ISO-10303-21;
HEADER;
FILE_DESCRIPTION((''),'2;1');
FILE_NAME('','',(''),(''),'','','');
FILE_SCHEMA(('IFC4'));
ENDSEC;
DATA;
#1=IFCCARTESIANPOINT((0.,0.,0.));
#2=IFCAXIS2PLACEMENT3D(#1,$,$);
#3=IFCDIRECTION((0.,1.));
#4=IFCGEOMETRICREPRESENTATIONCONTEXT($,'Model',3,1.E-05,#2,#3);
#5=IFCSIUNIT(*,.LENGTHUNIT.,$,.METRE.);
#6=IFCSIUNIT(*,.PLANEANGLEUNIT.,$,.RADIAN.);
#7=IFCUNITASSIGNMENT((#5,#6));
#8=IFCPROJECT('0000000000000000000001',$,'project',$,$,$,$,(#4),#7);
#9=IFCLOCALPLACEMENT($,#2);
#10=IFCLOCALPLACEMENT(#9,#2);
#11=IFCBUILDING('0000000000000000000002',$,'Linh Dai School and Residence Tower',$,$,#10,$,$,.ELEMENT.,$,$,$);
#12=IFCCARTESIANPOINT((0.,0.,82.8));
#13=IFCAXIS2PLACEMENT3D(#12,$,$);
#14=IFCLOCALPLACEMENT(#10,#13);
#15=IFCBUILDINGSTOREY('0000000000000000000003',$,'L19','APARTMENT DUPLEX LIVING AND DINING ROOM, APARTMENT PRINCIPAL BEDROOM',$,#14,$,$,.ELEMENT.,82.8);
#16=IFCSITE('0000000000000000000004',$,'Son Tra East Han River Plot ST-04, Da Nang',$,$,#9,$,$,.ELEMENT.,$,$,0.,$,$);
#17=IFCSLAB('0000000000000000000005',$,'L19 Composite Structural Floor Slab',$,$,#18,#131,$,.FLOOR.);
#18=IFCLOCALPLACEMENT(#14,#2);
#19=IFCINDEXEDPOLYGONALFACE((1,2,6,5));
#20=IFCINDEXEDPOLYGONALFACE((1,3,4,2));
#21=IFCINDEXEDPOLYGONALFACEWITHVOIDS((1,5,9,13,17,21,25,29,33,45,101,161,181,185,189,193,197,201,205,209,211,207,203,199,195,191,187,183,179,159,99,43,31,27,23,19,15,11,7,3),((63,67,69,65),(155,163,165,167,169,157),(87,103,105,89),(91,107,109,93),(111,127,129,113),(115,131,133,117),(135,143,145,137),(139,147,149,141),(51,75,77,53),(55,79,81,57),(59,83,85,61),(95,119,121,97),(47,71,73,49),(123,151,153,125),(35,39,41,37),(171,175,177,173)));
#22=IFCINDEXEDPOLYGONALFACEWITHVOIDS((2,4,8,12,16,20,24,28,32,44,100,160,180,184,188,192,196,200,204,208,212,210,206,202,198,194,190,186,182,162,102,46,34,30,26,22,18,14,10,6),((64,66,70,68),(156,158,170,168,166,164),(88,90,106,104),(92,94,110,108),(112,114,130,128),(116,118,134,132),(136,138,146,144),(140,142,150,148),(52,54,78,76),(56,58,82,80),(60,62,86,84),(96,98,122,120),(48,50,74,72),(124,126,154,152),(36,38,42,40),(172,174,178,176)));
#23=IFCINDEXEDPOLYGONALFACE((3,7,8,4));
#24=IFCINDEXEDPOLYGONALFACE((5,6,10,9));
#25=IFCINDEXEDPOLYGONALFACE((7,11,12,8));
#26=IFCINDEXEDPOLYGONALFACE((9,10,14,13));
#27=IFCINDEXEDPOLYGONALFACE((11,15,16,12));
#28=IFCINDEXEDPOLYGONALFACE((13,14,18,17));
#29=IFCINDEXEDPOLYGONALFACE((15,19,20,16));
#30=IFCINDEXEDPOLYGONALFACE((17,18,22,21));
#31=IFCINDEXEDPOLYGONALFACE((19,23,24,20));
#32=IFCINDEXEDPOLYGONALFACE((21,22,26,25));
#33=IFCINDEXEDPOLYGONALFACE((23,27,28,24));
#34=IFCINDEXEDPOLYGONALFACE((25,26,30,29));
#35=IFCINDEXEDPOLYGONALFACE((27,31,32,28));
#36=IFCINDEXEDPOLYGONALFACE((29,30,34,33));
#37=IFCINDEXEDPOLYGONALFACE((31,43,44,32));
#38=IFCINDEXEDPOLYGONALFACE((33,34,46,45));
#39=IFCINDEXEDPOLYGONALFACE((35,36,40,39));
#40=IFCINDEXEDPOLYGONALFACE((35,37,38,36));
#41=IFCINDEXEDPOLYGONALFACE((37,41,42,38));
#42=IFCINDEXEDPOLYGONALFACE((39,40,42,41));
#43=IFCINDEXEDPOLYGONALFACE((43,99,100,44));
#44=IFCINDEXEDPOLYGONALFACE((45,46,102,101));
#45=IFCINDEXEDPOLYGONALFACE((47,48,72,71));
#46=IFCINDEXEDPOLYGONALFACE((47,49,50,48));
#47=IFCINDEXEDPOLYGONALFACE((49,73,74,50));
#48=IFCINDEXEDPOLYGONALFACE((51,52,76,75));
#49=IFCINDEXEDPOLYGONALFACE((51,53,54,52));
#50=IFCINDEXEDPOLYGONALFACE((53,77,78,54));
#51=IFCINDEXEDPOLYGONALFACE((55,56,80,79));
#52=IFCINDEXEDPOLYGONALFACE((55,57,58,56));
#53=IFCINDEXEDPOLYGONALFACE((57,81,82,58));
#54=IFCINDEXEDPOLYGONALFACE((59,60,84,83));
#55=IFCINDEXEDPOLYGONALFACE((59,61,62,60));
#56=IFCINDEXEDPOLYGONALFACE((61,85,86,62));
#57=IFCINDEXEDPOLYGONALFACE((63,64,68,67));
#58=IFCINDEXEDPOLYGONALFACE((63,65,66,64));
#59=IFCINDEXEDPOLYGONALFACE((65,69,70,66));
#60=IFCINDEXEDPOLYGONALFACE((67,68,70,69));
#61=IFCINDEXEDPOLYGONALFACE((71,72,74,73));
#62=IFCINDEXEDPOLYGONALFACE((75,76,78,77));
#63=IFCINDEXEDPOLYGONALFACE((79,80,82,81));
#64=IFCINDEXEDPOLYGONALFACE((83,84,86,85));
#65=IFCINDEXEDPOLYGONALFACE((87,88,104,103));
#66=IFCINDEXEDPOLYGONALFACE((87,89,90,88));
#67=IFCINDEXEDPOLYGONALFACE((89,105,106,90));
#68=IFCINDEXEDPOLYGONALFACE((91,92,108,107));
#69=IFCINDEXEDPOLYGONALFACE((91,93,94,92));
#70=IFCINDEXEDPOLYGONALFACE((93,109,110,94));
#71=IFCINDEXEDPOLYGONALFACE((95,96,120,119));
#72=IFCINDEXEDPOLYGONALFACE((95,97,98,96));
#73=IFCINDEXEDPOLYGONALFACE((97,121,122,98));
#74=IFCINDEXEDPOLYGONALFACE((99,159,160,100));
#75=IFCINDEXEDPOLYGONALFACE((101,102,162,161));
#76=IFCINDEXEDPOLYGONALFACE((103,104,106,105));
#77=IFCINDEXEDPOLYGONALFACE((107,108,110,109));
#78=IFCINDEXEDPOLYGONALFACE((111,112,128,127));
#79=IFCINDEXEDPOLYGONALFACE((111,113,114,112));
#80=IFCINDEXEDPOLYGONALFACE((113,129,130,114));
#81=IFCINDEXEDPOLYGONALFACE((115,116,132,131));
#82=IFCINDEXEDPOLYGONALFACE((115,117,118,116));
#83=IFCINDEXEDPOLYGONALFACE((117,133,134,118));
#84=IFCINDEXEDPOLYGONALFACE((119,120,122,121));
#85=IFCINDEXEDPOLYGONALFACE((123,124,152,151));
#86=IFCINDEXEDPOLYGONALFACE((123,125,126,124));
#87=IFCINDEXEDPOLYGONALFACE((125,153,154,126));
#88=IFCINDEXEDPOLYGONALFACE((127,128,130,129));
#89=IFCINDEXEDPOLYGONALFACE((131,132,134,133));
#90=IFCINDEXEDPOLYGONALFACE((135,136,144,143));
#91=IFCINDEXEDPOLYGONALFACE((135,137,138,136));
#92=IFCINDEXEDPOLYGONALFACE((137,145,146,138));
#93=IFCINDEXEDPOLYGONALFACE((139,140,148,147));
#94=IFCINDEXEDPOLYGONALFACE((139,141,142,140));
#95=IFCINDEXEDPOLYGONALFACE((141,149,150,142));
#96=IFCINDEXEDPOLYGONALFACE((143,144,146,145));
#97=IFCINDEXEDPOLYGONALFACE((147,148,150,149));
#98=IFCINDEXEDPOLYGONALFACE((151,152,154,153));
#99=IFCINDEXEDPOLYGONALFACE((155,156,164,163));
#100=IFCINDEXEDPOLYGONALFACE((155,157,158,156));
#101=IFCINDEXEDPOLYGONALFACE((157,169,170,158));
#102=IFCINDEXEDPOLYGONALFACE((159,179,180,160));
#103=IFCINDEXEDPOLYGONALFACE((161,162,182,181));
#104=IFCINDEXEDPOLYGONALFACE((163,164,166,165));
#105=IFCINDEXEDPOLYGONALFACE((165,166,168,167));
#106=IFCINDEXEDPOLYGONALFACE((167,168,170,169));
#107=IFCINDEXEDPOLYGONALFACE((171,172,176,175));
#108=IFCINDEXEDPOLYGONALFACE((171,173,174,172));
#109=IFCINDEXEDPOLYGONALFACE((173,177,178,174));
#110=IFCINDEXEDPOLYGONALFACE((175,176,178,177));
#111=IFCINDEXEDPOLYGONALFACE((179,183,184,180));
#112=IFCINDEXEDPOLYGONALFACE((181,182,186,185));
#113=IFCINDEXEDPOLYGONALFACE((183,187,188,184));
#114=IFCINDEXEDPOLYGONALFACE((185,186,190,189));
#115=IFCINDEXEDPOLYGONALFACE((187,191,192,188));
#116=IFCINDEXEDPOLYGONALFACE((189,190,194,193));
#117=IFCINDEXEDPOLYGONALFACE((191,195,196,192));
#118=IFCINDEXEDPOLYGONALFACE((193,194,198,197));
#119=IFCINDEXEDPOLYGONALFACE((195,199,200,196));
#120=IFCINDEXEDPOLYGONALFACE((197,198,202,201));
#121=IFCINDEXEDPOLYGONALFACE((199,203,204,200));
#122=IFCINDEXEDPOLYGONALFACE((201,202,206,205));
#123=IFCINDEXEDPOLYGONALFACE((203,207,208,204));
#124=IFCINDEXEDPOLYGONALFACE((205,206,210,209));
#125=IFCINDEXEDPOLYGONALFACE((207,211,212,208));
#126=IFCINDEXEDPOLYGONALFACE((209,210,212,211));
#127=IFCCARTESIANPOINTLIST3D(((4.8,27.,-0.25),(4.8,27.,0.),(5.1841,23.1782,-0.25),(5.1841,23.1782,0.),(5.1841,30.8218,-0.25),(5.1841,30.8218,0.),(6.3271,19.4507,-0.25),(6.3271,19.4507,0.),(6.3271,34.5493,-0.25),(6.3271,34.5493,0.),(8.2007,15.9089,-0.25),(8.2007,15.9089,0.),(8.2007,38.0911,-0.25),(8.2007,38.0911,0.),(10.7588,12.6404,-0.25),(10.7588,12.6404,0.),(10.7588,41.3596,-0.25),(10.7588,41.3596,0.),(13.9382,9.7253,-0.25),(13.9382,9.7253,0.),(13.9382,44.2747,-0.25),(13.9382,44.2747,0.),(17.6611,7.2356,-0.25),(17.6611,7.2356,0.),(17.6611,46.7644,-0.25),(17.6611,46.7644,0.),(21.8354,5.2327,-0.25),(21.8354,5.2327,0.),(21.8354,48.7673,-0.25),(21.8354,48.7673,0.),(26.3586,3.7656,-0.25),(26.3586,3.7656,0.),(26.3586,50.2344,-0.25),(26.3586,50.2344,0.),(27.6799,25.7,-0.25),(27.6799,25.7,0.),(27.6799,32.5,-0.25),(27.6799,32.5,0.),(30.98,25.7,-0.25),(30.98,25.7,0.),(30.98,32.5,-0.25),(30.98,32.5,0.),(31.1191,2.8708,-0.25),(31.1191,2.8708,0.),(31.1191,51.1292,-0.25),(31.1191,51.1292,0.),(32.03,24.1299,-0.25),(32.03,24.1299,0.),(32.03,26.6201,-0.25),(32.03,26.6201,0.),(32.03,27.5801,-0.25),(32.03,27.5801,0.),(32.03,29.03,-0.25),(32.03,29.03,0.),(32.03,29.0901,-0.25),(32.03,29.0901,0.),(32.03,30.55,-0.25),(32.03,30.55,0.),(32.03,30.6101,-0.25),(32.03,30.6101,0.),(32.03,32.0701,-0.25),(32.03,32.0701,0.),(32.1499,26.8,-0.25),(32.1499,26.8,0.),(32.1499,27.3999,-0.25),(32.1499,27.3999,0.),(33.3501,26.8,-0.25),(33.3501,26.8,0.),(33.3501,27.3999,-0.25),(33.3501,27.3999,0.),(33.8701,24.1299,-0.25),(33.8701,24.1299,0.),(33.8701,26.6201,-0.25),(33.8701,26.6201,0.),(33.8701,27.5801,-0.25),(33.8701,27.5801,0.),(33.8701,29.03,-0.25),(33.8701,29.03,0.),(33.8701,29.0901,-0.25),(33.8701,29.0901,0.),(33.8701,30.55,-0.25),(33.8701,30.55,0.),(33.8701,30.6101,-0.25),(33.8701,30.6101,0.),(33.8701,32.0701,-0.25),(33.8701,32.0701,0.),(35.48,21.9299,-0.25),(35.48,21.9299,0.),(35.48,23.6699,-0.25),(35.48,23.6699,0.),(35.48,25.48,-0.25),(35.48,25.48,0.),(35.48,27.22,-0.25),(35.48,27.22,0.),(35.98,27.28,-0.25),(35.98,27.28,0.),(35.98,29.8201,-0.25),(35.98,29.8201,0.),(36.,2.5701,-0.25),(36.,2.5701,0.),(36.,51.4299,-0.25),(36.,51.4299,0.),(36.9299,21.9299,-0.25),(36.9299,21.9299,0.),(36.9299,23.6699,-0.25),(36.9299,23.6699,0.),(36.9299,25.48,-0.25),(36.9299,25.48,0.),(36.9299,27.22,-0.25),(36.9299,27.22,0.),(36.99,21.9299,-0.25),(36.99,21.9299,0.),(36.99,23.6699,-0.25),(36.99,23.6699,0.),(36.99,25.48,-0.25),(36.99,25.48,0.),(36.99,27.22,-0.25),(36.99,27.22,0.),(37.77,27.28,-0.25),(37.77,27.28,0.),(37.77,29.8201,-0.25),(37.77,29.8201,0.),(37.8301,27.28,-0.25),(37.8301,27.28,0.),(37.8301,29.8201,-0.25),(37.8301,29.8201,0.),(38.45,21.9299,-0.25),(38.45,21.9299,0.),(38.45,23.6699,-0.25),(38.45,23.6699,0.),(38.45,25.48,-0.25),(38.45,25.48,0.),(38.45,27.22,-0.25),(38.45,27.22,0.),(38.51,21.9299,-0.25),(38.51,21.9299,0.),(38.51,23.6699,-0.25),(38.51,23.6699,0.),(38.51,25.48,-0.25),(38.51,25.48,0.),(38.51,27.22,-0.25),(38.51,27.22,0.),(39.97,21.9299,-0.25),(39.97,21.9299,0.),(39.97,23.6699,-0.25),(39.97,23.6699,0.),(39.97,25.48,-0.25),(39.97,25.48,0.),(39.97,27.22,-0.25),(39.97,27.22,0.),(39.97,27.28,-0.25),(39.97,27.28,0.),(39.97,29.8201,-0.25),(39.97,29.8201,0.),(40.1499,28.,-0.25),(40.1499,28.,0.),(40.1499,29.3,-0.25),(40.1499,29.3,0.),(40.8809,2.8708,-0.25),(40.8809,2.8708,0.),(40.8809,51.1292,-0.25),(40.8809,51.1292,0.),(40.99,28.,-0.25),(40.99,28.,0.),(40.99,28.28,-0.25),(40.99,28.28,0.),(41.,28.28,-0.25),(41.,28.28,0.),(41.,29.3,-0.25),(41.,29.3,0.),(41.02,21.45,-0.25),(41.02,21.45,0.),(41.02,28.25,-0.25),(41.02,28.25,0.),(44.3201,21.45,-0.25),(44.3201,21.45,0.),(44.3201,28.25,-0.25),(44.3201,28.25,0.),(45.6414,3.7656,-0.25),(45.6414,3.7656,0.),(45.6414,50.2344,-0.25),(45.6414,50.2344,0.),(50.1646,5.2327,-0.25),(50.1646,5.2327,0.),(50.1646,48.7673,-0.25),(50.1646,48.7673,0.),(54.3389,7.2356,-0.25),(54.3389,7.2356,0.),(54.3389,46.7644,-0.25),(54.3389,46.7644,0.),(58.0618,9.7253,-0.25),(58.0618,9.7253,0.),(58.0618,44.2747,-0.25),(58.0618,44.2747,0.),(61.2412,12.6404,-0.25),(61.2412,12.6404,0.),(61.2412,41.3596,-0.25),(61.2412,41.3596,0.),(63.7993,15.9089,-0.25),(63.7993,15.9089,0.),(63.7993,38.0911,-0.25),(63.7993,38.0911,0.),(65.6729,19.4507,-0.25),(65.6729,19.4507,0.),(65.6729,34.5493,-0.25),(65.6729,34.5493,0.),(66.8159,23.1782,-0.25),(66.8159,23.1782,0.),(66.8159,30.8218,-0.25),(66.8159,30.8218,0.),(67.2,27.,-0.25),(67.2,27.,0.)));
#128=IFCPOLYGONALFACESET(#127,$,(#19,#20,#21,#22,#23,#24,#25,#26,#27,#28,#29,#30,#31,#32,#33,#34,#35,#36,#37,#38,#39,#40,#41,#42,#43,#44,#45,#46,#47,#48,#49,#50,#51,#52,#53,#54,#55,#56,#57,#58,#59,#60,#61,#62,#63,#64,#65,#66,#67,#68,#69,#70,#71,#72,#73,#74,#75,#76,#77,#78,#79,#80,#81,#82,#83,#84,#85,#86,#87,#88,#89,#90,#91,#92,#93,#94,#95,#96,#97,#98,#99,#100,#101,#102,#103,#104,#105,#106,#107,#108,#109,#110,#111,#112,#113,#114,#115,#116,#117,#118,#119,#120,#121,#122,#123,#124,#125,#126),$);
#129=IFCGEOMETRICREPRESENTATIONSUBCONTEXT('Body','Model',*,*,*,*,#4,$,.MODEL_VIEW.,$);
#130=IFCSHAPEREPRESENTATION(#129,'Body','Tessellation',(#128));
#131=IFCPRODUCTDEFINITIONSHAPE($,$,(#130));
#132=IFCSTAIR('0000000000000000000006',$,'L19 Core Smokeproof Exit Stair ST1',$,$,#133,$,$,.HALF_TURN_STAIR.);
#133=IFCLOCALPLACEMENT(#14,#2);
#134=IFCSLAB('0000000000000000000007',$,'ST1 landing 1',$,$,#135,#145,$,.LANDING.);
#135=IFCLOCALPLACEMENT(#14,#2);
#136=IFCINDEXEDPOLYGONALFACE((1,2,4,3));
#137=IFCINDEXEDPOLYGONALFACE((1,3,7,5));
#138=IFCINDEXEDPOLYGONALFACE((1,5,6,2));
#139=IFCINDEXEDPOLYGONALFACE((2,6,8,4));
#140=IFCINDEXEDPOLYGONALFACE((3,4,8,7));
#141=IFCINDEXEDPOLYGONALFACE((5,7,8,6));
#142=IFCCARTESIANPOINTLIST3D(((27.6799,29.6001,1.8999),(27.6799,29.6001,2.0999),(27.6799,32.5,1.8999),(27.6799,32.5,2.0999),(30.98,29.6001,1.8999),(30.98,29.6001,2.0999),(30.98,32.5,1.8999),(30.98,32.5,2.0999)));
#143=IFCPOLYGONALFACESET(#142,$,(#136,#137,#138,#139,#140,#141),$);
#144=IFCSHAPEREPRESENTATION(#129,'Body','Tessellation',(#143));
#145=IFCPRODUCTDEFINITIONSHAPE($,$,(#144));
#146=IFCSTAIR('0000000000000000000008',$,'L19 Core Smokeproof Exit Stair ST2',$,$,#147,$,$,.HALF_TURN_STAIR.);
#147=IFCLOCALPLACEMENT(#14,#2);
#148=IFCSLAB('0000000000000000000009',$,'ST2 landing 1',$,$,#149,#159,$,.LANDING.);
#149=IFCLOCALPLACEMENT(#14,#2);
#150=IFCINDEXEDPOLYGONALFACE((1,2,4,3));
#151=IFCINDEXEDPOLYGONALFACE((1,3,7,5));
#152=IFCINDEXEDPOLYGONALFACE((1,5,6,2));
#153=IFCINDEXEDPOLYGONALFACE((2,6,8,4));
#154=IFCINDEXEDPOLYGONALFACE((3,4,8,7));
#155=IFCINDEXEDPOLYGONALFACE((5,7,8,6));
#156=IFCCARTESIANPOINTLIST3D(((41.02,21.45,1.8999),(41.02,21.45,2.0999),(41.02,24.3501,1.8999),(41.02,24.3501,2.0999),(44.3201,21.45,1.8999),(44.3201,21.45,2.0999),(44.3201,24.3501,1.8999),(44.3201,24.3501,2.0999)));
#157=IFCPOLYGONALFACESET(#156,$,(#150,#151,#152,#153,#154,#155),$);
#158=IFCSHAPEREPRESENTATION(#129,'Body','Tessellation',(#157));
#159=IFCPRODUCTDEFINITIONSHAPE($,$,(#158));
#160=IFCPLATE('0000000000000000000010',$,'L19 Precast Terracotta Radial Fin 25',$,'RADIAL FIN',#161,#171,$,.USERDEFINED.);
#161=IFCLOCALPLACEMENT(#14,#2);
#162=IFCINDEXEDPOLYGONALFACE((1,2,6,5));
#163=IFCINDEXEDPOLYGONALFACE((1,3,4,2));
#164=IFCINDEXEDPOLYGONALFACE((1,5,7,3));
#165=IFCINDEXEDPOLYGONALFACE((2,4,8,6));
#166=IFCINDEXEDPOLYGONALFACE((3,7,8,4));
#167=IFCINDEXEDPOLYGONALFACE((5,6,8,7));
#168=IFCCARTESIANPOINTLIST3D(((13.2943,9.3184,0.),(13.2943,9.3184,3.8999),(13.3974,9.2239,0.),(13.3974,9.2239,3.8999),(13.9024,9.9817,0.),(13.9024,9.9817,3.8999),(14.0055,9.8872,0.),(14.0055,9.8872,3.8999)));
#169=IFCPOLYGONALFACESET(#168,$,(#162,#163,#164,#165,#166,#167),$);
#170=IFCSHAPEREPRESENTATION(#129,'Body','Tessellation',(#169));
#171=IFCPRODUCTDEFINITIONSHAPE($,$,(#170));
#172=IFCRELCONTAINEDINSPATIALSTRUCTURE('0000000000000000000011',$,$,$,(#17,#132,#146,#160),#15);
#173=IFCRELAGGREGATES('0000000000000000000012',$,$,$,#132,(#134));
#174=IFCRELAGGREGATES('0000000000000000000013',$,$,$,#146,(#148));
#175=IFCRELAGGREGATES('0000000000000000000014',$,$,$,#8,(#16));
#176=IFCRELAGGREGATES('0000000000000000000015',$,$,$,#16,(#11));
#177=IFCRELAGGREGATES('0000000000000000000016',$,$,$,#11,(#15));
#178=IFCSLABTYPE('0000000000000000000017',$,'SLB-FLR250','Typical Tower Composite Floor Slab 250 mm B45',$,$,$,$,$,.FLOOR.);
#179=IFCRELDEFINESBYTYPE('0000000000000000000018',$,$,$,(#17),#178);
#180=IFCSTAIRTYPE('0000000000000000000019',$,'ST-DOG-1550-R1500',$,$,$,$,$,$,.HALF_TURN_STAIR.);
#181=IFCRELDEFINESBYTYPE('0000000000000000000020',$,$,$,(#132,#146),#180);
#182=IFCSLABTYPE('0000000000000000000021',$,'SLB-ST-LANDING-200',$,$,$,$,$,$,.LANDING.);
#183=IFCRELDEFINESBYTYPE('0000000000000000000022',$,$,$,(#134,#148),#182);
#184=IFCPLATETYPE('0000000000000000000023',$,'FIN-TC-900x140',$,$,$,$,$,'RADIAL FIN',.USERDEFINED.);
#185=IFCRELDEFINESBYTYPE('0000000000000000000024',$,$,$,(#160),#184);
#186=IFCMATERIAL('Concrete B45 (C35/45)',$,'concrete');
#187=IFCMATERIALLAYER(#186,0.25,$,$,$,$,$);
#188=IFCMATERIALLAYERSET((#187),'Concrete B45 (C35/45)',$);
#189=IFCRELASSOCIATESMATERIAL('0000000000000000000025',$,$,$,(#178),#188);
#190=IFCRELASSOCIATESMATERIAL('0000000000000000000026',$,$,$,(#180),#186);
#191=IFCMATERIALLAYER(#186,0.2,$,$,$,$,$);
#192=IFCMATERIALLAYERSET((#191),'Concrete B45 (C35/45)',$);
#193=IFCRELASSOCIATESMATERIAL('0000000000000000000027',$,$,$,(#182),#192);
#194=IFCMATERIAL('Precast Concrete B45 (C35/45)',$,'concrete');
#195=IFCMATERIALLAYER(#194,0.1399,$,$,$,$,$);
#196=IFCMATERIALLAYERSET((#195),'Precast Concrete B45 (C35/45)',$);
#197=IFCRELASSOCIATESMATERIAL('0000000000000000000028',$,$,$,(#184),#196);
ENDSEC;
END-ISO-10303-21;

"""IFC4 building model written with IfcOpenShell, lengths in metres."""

from ifc_helpers import new_model, si_unit, direction, frame, origin, origin_2d, place, context, subcontext, project, spatial, polyline, rectangle, outline, extrude, source, transform, mapped, material, layer, layer_set, type_object, element, aggregate, save


model = new_model("IFC4")

# Units and contexts
model_context = context("Model", 3, precision=1e-05, world=origin(), true_north=direction((0.0, 1.0)))
body_context = subcontext(model_context, "Body", "Model", "MODEL_VIEW")
ifc_project = project(units=[si_unit("LENGTHUNIT", "METRE"), si_unit("PLANEANGLEUNIT", "RADIAN")], contexts=[model_context])

# Site, building, storey
site_placement = place(None, origin())
site = spatial("IfcSite", under=ifc_project, at=site_placement, Name="Son Tra East Han River Plot ST-04, Da Nang", CompositionType="ELEMENT", RefElevation=0.0)
building_placement = place(site_placement, origin())
building = spatial("IfcBuilding", under=site, at=building_placement, Name="Linh Dai School and Residence Tower", CompositionType="ELEMENT")
storey_placement = place(building_placement, frame((0.0, 0.0, 82.8)))
storey = spatial("IfcBuildingStorey", under=building, at=storey_placement, Name="L19", Description="APARTMENT DUPLEX LIVING AND DINING ROOM, APARTMENT PRINCIPAL BEDROOM", CompositionType="ELEMENT", Elevation=82.8)

# Slab
ifc_material_1 = material(Name="Concrete B45 (C35/45)", Category="concrete")
ifc_layer_1 = layer(ifc_material_1, 0.25)
ifc_layer_set_1 = layer_set([ifc_layer_1], Name="Concrete B45 (C35/45)")
slab_type_1 = type_object("IfcSlabType", Name="SLB-FLR250", Description="Typical Tower Composite Floor Slab 250 mm B45", PredefinedType="FLOOR", material=ifc_layer_set_1)
slab_1_placement = place(storey_placement, frame((0.0, 0.0, -0.25)))
element("IfcSlab", 1, at=slab_1_placement, inside=storey, type_object=slab_type_1, Name="L19 Composite Structural Floor Slab", PredefinedType="FLOOR", context=body_context, shape_type="SweptSolid", body=[
    extrude(outline(polyline([(67.2, 27.0), (66.8159, 30.8218), (65.6729, 34.5493), (63.7993, 38.0911), (61.2412, 41.3596), (58.0618, 44.2747), (54.3389, 46.7644), (50.1646, 48.7673), (45.6414, 50.2344), (40.8809, 51.1292), (36.0, 51.4299), (31.1191, 51.1292), (26.3586, 50.2344), (21.8354, 48.7673), (17.6611, 46.7644), (13.9382, 44.2747), (10.7588, 41.3596), (8.2007, 38.0911), (6.3271, 34.5493), (5.1841, 30.8218), (4.8, 27.0), (5.1841, 23.1782), (6.3271, 19.4507), (8.2007, 15.9089), (10.7588, 12.6404), (13.9382, 9.7253), (17.6611, 7.2356), (21.8354, 5.2327), (26.3586, 3.7656), (31.1191, 2.8708), (36.0, 2.5701), (40.8809, 2.8708), (45.6414, 3.7656), (50.1646, 5.2327), (54.3389, 7.2356), (58.0618, 9.7253), (61.2412, 12.6404), (63.7993, 15.9089), (65.6729, 19.4507), (66.8159, 23.1782), (67.2, 27.0)]), holes=[polyline([(30.98, 25.7), (30.98, 32.5), (27.6799, 32.5), (27.6799, 25.7), (30.98, 25.7)]), polyline([(41.02, 28.25), (41.02, 21.45), (44.3201, 21.45), (44.3201, 28.25), (41.02, 28.25)]), polyline([(35.98, 27.28), (37.77, 27.28), (37.77, 29.8201), (35.98, 29.8201), (35.98, 27.28)]), polyline([(32.03, 24.1299), (33.8701, 24.1299), (33.8701, 26.6201), (32.03, 26.6201), (32.03, 24.1299)]), polyline([(37.8301, 27.28), (39.97, 27.28), (39.97, 29.8201), (37.8301, 29.8201), (37.8301, 27.28)]), polyline([(35.48, 21.9299), (36.9299, 21.9299), (36.9299, 23.6699), (35.48, 23.6699), (35.48, 21.9299)]), polyline([(36.99, 21.9299), (38.45, 21.9299), (38.45, 23.6699), (36.99, 23.6699), (36.99, 21.9299)]), polyline([(38.51, 21.9299), (39.97, 21.9299), (39.97, 23.6699), (38.51, 23.6699), (38.51, 21.9299)]), polyline([(32.03, 27.5801), (33.8701, 27.5801), (33.8701, 29.03), (32.03, 29.03), (32.03, 27.5801)]), polyline([(32.03, 29.0901), (33.8701, 29.0901), (33.8701, 30.55), (32.03, 30.55), (32.03, 29.0901)]), polyline([(32.03, 30.6101), (33.8701, 30.6101), (33.8701, 32.0701), (32.03, 32.0701), (32.03, 30.6101)]), polyline([(35.48, 25.48), (36.9299, 25.48), (36.9299, 27.22), (35.48, 27.22), (35.48, 25.48)]), polyline([(36.99, 25.48), (38.45, 25.48), (38.45, 27.22), (36.99, 27.22), (36.99, 25.48)]), polyline([(38.51, 25.48), (39.97, 25.48), (39.97, 27.22), (38.51, 27.22), (38.51, 25.48)]), polyline([(40.1499, 28.0), (40.1499, 29.3), (41.0, 29.3), (41.0, 28.28), (40.99, 28.28), (40.99, 28.0), (40.1499, 28.0)]), polyline([(32.1499, 26.8), (33.3501, 26.8), (33.3501, 27.3999), (32.1499, 27.3999), (32.1499, 26.8)])]), origin(), (0.0, 0.0, 1.0), 0.25),
])

# Stairs, slabs
stair_type = type_object("IfcStairType", Name="ST-DOG-1550-R1500", PredefinedType="HALF_TURN_STAIR", material=ifc_material_1)
stair_1_placement = place(storey_placement, origin())
stair_1 = element("IfcStair", 2, at=stair_1_placement, inside=storey, type_object=stair_type, Name="L19 Core Smokeproof Exit Stair ST1", PredefinedType="HALF_TURN_STAIR")
ifc_layer_2 = layer(ifc_material_1, 0.2)
ifc_layer_set_2 = layer_set([ifc_layer_2], Name="Concrete B45 (C35/45)")
slab_type_2 = type_object("IfcSlabType", Name="SLB-ST-LANDING-200", PredefinedType="LANDING", material=ifc_layer_set_2)
slab_2_placement = place(storey_placement, frame((0.0, 0.0, 1.8999)))
slab_2 = element("IfcSlab", 3, at=slab_2_placement, type_object=slab_type_2, Name="ST1 landing 1", PredefinedType="LANDING", context=body_context, shape_type="SweptSolid", body=[
    extrude(outline(polyline([(30.98, 29.6001), (30.98, 32.5), (27.6799, 32.5), (27.6799, 29.6001), (30.98, 29.6001)])), origin(), (0.0, 0.0, 1.0), 0.2),
])
aggregate(stair_1, [slab_2])
stair_2_placement = place(storey_placement, origin())
stair_2 = element("IfcStair", 4, at=stair_2_placement, inside=storey, type_object=stair_type, Name="L19 Core Smokeproof Exit Stair ST2", PredefinedType="HALF_TURN_STAIR")
slab_3_placement = place(storey_placement, frame((0.0, 0.0, 1.8999)))
slab_3 = element("IfcSlab", 5, at=slab_3_placement, type_object=slab_type_2, Name="ST2 landing 1", PredefinedType="LANDING", context=body_context, shape_type="SweptSolid", body=[
    extrude(outline(polyline([(41.02, 24.3501), (41.02, 21.45), (44.3201, 21.45), (44.3201, 24.3501), (41.02, 24.3501)])), origin(), (0.0, 0.0, 1.0), 0.2),
])
aggregate(stair_2, [slab_3])

# Plate
ifc_material_2 = material(Name="Precast Concrete B45 (C35/45)", Category="concrete")
ifc_layer_3 = layer(ifc_material_2, 0.1399)
ifc_layer_set_3 = layer_set([ifc_layer_3], Name="Precast Concrete B45 (C35/45)")
plate_type = type_object("IfcPlateType", Name="FIN-TC-900x140", ElementType="RADIAL FIN", PredefinedType="USERDEFINED", material=ifc_layer_set_3)
shared_shape_1 = source(origin(), body_context, "Body", "SweptSolid", [
    extrude(rectangle(XDim=0.8999, YDim=0.1399, at=origin_2d()), origin(), (0.0, 0.0, 1.0), 3.8999),
])
plate_placement = place(storey_placement, frame((13.6499, 9.6028, 0.0), z_axis=(0.0, 0.0, 1.0), x_axis=(-0.675769, -0.737113, 0.0)))
element("IfcPlate", 6, at=plate_placement, inside=storey, type_object=plate_type, Name="L19 Precast Terracotta Radial Fin 25", ObjectType="RADIAL FIN", PredefinedType="USERDEFINED", context=body_context, shape_type="MappedRepresentation", body=[
    mapped(shared_shape_1, transform((0.0, 0.0, 0.0), x_axis=(1.0, 0.0, 0.0), y_axis=(0.0, 1.0, 0.0), z_axis=(0.0, 0.0, 1.0), scale=1.0)),
])

save(model, "model.ifc")
